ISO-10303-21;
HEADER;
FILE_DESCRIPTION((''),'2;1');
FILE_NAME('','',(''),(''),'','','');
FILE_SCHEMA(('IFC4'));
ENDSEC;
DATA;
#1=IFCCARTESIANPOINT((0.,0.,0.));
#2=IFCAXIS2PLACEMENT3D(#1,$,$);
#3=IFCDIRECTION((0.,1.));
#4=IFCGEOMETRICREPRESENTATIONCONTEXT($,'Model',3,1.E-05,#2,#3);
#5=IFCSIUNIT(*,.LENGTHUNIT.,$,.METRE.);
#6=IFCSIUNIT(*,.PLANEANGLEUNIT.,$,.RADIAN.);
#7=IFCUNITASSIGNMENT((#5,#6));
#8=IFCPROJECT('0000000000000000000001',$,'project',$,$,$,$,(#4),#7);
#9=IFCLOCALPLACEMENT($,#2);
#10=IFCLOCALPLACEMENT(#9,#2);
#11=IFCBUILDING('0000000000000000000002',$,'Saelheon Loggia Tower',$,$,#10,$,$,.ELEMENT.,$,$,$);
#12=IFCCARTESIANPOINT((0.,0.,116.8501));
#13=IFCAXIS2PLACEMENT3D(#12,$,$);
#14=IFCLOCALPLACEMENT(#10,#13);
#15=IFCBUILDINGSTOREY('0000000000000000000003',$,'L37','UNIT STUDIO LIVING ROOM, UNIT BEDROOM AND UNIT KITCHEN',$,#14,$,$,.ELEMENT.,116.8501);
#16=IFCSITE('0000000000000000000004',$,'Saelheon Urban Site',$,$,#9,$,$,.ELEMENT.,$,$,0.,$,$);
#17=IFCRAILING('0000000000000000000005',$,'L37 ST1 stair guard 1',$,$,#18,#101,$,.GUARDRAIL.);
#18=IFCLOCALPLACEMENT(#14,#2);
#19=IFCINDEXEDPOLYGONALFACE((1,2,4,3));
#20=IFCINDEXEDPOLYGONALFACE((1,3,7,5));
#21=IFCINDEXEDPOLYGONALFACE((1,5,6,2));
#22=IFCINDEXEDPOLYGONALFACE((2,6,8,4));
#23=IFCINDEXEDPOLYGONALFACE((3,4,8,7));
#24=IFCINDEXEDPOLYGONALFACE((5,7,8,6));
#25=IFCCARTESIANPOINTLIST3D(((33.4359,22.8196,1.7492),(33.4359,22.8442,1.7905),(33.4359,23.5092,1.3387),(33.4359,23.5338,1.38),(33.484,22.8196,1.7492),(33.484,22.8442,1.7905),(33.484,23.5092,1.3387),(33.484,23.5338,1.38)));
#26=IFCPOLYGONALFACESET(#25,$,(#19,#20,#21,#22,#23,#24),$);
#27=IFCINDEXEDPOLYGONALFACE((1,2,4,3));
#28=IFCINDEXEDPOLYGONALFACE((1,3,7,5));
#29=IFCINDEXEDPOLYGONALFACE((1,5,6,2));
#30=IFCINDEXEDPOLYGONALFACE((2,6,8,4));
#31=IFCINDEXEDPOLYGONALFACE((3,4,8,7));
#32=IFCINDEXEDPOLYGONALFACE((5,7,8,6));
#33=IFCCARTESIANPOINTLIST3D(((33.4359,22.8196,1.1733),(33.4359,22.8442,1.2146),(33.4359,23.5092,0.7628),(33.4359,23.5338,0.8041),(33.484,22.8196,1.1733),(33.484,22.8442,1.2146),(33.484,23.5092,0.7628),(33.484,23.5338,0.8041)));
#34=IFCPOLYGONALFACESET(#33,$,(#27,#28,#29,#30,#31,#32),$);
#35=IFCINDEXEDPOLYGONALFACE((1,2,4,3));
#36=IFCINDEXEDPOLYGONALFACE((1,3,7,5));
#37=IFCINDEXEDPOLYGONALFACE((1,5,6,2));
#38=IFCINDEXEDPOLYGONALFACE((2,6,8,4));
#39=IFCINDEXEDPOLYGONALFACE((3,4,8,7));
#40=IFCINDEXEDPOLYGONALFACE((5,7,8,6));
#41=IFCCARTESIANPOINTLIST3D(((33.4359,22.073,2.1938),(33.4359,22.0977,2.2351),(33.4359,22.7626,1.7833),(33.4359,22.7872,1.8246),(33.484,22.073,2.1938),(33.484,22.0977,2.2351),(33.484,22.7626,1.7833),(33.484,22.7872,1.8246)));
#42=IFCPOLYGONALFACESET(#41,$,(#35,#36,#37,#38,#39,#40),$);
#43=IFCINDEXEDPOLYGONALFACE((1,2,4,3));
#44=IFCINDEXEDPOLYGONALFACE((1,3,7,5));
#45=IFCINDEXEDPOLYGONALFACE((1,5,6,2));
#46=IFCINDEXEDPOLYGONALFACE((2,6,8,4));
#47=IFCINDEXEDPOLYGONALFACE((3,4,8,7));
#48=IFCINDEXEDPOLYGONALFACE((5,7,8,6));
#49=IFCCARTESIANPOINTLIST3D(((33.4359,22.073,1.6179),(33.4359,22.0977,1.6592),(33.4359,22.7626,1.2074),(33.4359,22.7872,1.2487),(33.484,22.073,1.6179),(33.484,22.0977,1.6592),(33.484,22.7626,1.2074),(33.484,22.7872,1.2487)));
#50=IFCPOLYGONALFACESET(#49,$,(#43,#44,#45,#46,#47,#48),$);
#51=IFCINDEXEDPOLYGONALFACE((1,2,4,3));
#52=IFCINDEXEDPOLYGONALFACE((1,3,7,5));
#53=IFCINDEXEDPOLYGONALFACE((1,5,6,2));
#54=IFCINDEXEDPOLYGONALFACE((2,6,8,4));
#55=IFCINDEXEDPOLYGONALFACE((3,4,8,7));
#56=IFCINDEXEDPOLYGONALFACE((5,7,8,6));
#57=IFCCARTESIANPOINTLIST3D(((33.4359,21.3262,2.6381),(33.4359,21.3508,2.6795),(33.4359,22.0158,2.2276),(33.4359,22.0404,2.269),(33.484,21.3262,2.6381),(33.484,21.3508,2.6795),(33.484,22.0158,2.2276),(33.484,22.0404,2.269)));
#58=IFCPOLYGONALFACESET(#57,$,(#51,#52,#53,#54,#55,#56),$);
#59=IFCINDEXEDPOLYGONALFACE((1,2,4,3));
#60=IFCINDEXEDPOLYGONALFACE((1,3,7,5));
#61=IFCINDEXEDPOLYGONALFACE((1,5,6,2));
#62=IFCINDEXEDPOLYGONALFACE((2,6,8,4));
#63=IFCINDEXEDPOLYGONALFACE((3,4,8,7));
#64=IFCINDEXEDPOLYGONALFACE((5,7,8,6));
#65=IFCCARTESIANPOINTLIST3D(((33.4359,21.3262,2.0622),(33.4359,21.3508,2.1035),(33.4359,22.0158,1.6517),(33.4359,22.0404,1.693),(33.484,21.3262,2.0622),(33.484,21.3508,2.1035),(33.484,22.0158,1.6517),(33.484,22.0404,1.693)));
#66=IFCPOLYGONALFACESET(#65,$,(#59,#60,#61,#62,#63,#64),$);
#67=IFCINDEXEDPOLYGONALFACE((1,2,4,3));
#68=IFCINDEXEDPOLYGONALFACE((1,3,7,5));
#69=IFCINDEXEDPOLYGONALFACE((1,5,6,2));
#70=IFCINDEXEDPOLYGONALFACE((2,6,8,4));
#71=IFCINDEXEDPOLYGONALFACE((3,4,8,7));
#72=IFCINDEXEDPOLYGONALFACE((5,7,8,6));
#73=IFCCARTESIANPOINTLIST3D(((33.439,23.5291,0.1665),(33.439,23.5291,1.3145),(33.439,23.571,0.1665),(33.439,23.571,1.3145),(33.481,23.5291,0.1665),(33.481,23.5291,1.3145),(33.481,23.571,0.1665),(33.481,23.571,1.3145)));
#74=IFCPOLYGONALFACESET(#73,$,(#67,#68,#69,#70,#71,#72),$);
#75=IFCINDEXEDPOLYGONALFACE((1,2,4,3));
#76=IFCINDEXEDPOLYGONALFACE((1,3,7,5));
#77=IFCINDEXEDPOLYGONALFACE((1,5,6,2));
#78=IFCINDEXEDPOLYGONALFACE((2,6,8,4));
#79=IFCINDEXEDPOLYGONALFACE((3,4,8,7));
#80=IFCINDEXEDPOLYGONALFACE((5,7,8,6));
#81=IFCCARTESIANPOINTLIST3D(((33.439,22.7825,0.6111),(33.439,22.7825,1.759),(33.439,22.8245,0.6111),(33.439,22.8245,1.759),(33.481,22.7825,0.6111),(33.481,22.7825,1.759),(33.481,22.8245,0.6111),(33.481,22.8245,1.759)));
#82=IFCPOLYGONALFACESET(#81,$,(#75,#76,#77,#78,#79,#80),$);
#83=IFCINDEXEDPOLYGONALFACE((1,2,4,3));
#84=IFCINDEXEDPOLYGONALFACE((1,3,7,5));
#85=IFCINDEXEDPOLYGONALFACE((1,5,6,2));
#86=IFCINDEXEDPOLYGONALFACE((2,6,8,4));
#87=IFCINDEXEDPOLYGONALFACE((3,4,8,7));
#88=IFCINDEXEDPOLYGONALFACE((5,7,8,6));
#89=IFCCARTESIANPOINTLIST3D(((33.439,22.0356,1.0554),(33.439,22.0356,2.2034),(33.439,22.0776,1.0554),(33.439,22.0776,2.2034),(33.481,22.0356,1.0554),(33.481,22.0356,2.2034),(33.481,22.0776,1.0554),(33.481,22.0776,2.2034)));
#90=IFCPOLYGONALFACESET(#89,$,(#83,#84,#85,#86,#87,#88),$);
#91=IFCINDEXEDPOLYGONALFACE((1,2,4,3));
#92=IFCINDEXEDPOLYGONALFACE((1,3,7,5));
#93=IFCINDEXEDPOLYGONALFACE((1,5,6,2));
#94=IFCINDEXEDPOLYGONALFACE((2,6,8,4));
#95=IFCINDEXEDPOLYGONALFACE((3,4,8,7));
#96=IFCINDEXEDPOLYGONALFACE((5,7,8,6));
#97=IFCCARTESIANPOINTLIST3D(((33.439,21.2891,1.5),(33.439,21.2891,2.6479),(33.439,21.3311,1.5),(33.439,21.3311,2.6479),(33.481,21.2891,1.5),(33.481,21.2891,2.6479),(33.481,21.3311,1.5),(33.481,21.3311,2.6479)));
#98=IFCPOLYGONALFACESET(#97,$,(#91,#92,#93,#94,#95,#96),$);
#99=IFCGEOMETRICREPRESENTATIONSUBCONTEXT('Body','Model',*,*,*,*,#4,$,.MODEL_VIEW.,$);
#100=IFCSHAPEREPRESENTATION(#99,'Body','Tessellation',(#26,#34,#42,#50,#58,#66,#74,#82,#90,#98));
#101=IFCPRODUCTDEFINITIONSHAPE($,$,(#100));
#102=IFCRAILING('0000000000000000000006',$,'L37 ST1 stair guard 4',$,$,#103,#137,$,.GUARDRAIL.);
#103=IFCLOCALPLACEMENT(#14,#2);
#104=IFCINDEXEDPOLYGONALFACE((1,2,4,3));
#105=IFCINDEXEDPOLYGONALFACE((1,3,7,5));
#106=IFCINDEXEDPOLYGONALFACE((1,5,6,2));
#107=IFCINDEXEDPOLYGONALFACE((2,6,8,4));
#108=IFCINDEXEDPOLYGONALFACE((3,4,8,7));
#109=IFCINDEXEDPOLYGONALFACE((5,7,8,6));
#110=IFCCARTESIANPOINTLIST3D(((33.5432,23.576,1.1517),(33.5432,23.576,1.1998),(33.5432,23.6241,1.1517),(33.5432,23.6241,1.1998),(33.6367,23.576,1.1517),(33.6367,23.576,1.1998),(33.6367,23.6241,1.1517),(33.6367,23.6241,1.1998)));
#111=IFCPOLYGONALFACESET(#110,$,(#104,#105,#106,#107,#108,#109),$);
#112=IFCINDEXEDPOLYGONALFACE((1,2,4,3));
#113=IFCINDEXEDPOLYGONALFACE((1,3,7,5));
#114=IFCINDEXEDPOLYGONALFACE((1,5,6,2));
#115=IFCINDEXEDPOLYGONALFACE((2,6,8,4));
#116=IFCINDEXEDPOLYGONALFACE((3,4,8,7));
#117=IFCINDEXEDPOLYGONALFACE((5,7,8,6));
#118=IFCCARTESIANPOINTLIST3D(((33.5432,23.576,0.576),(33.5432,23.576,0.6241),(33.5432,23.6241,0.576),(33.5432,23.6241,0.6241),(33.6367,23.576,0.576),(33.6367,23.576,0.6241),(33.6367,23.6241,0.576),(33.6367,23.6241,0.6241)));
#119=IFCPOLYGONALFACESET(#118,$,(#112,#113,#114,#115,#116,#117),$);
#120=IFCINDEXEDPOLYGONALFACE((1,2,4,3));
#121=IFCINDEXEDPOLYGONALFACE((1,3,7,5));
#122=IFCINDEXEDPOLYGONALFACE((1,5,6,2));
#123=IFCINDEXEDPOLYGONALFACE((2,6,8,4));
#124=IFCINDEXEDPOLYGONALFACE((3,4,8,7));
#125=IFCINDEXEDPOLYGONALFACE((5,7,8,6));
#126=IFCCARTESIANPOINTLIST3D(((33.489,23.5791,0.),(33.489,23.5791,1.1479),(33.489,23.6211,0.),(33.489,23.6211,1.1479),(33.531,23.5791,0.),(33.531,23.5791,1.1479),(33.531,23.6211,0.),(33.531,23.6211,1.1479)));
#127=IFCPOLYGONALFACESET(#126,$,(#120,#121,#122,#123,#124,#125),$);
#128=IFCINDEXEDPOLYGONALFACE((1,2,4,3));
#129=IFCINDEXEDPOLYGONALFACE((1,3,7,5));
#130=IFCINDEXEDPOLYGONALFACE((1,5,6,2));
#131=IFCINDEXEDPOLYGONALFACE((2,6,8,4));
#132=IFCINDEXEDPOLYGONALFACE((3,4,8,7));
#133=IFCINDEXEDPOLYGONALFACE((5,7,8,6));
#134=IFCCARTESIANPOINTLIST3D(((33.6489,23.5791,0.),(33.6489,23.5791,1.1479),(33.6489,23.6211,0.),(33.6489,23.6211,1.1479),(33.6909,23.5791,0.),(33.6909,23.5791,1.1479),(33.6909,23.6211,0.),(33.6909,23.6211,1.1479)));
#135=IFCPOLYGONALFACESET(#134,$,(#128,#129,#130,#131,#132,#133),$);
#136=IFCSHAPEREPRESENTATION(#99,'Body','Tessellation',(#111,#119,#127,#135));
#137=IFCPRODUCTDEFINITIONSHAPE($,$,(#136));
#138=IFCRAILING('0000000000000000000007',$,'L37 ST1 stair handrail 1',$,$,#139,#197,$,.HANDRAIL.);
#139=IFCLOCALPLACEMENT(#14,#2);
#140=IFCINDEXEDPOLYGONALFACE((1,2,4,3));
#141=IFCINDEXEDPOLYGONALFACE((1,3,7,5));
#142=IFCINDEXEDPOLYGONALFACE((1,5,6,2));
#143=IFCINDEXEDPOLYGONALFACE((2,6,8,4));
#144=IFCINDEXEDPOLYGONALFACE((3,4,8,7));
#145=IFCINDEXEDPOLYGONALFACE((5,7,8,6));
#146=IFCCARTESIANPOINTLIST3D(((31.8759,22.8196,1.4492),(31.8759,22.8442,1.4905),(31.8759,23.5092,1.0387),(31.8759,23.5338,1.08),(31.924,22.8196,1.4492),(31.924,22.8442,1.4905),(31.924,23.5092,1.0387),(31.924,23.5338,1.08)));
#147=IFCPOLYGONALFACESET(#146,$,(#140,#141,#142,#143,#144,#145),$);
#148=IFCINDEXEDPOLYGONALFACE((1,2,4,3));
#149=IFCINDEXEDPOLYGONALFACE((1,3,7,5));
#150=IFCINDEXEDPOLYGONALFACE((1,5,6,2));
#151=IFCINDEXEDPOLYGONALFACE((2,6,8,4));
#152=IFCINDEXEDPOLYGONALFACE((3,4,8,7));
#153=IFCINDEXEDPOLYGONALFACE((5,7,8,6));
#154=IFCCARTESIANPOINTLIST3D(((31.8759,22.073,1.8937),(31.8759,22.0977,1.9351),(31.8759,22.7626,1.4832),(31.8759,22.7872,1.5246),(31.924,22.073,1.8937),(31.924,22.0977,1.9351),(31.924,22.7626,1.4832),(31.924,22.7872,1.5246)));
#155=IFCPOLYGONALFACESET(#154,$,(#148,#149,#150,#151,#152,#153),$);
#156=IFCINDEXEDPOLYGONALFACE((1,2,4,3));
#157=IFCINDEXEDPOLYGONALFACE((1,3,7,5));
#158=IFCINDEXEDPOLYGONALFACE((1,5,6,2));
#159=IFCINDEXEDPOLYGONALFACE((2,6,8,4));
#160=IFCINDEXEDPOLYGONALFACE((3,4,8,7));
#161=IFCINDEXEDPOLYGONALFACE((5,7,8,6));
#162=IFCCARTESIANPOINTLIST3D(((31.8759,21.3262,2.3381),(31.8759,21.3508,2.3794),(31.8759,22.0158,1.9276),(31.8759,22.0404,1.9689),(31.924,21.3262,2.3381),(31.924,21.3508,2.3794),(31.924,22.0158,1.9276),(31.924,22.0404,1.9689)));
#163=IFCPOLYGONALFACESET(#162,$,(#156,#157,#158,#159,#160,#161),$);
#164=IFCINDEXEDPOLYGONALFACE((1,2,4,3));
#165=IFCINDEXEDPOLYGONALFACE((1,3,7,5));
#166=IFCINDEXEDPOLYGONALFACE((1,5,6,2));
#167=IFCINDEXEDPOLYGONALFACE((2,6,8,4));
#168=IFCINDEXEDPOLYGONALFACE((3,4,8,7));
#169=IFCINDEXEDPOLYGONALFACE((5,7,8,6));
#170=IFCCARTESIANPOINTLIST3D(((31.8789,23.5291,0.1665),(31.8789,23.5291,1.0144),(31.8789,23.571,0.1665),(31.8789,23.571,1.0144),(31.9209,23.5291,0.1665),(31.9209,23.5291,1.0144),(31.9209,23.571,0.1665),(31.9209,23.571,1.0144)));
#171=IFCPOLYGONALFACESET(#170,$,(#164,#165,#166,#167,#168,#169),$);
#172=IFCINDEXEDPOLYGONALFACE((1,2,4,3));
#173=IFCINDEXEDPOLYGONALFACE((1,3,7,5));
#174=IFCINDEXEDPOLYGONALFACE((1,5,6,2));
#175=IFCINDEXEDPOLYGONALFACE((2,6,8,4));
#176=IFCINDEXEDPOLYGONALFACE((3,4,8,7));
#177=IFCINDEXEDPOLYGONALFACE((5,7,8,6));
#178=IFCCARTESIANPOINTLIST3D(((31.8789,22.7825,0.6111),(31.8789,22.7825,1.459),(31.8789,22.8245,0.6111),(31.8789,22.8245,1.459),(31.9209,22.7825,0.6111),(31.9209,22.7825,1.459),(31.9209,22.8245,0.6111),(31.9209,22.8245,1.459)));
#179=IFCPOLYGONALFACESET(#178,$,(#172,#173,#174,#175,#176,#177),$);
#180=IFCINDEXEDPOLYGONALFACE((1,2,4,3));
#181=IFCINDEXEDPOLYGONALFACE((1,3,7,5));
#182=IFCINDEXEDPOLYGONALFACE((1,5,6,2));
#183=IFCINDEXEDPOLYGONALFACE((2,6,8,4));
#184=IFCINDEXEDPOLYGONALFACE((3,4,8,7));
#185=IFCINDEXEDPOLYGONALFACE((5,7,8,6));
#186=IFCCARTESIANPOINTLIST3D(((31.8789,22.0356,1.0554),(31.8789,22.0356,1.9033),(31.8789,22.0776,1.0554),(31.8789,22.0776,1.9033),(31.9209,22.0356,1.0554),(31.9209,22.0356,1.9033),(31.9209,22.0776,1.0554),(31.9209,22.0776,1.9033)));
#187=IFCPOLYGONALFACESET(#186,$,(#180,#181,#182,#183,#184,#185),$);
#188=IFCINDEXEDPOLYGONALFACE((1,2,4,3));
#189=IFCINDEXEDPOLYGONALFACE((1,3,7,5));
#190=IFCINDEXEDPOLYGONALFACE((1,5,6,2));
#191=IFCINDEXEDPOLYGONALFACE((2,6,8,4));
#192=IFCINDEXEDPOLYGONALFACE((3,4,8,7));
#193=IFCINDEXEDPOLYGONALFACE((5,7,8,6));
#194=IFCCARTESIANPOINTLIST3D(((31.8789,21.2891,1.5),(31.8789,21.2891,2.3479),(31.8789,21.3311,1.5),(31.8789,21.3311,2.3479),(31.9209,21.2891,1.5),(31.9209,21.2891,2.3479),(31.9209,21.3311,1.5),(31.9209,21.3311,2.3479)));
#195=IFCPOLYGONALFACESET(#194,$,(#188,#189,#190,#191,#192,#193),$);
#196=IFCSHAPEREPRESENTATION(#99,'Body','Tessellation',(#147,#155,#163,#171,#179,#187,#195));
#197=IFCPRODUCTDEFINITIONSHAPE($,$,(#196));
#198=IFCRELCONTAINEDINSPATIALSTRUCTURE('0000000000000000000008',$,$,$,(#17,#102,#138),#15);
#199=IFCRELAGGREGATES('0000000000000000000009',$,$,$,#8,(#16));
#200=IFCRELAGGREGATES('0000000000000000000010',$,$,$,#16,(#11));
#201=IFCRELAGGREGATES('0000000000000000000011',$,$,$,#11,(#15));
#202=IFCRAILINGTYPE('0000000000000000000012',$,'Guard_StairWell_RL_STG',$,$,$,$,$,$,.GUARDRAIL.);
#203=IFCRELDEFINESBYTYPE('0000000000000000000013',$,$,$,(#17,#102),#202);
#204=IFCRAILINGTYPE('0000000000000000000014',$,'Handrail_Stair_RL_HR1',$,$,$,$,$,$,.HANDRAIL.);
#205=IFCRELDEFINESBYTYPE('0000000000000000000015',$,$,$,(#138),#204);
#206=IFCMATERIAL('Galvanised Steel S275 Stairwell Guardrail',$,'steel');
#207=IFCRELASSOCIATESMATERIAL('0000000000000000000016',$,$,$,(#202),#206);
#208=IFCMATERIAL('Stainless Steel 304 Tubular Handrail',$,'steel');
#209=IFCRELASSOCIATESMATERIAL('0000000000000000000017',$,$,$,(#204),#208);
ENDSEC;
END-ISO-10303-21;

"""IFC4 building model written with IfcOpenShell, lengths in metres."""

from ifc_helpers import new_model, si_unit, direction, frame, origin, origin_2d, place, context, subcontext, project, spatial, rectangle, extrude, material, type_object, element, save


model = new_model("IFC4")

# Units and contexts
model_context = context("Model", 3, precision=1e-05, world=origin(), true_north=direction((0.0, 1.0)))
body_context = subcontext(model_context, "Body", "Model", "MODEL_VIEW")
ifc_project = project(units=[si_unit("LENGTHUNIT", "METRE"), si_unit("PLANEANGLEUNIT", "RADIAN")], contexts=[model_context])

# Site, building, storey
site_placement = place(None, origin())
site = spatial("IfcSite", under=ifc_project, at=site_placement, Name="Saelheon Urban Site", CompositionType="ELEMENT", RefElevation=0.0)
building_placement = place(site_placement, origin())
building = spatial("IfcBuilding", under=site, at=building_placement, Name="Saelheon Loggia Tower", CompositionType="ELEMENT")
storey_placement = place(building_placement, frame((0.0, 0.0, 116.8501)))
storey = spatial("IfcBuildingStorey", under=building, at=storey_placement, Name="L37", Description="UNIT STUDIO LIVING ROOM, UNIT BEDROOM AND UNIT KITCHEN", CompositionType="ELEMENT", Elevation=116.8501)

# Railings
ifc_material_1 = material(Name="Galvanised Steel S275 Stairwell Guardrail", Category="steel")
railing_type_1 = type_object("IfcRailingType", Name="Guard_StairWell_RL_STG", PredefinedType="GUARDRAIL", material=ifc_material_1)
railing_1_placement = place(storey_placement, frame((33.46, 23.55, 0.1665)))
element("IfcRailing", 1, at=railing_1_placement, inside=storey, type_object=railing_type_1, Name="L37 ST1 stair guard 1", PredefinedType="GUARDRAIL", context=body_context, shape_type="SweptSolid", body=[
    extrude(rectangle(XDim=0.0481, YDim=0.0481, at=origin_2d()), frame((0.0, -0.0286, 1.1929), z_axis=(0.0, -0.859264, 0.511532), x_axis=(1.0, 0.0, 0.0)), (0.0, 0.0, 1.0), 0.8025),
    extrude(rectangle(XDim=0.0481, YDim=0.0481, at=origin_2d()), frame((0.0, -0.0286, 0.6169), z_axis=(0.0, -0.859264, 0.511532), x_axis=(1.0, 0.0, 0.0)), (0.0, 0.0, 1.0), 0.8025),
    extrude(rectangle(XDim=0.0481, YDim=0.0481, at=origin_2d()), frame((0.0, -0.7751, 1.6375), z_axis=(0.0, -0.859264, 0.511532), x_axis=(1.0, 0.0, 0.0)), (0.0, 0.0, 1.0), 0.8025),
    extrude(rectangle(XDim=0.0481, YDim=0.0481, at=origin_2d()), frame((0.0, -0.7751, 1.0615), z_axis=(0.0, -0.859264, 0.511532), x_axis=(1.0, 0.0, 0.0)), (0.0, 0.0, 1.0), 0.8025),
    extrude(rectangle(XDim=0.0481, YDim=0.0481, at=origin_2d()), frame((0.0, -1.522, 2.0818), z_axis=(0.0, -0.859264, 0.511532), x_axis=(1.0, 0.0, 0.0)), (0.0, 0.0, 1.0), 0.8025),
    extrude(rectangle(XDim=0.0481, YDim=0.0481, at=origin_2d()), frame((0.0, -1.522, 1.5059), z_axis=(0.0, -0.859264, 0.511532), x_axis=(1.0, 0.0, 0.0)), (0.0, 0.0, 1.0), 0.8025),
    extrude(rectangle(XDim=0.042, YDim=0.042, at=origin_2d()), origin(), (0.0, 0.0, 1.0), 1.1479),
    extrude(rectangle(XDim=0.042, YDim=0.042, at=origin_2d()), frame((0.0, -0.7466, 0.4446)), (0.0, 0.0, 1.0), 1.1479),
    extrude(rectangle(XDim=0.042, YDim=0.042, at=origin_2d()), frame((0.0, -1.4934, 0.8889)), (0.0, 0.0, 1.0), 1.1479),
    extrude(rectangle(XDim=0.042, YDim=0.042, at=origin_2d()), frame((0.0, -2.24, 1.3335)), (0.0, 0.0, 1.0), 1.1479),
])
railing_2_placement = place(storey_placement, frame((33.51, 23.6001, 0.0)))
element("IfcRailing", 2, at=railing_2_placement, inside=storey, type_object=railing_type_1, Name="L37 ST1 stair guard 4", PredefinedType="GUARDRAIL", context=body_context, shape_type="SweptSolid", body=[
    extrude(rectangle(XDim=0.0481, YDim=0.0481, at=origin_2d()), frame((0.0332, 0.0, 1.1758), z_axis=(1.0, 0.0, 0.0), x_axis=(0.0, 1.0, 0.0)), (0.0, 0.0, 1.0), 0.0935),
    extrude(rectangle(XDim=0.0481, YDim=0.0481, at=origin_2d()), frame((0.0332, 0.0, 0.6001), z_axis=(1.0, 0.0, 0.0), x_axis=(0.0, 1.0, 0.0)), (0.0, 0.0, 1.0), 0.0935),
    extrude(rectangle(XDim=0.042, YDim=0.042, at=origin_2d()), origin(), (0.0, 0.0, 1.0), 1.1479),
    extrude(rectangle(XDim=0.042, YDim=0.042, at=origin_2d()), frame((0.1599, 0.0, 0.0)), (0.0, 0.0, 1.0), 1.1479),
])
ifc_material_2 = material(Name="Stainless Steel 304 Tubular Handrail", Category="steel")
railing_type_2 = type_object("IfcRailingType", Name="Handrail_Stair_RL_HR1", PredefinedType="HANDRAIL", material=ifc_material_2)
railing_3_placement = place(storey_placement, frame((31.8999, 23.55, 0.1665)))
element("IfcRailing", 3, at=railing_3_placement, inside=storey, type_object=railing_type_2, Name="L37 ST1 stair handrail 1", PredefinedType="HANDRAIL", context=body_context, shape_type="SweptSolid", body=[
    extrude(rectangle(XDim=0.0481, YDim=0.0481, at=origin_2d()), frame((0.0, -0.0286, 0.8928), z_axis=(0.0, -0.859264, 0.511532), x_axis=(1.0, 0.0, 0.0)), (0.0, 0.0, 1.0), 0.8025),
    extrude(rectangle(XDim=0.0481, YDim=0.0481, at=origin_2d()), frame((0.0, -0.7751, 1.3374), z_axis=(0.0, -0.859264, 0.511532), x_axis=(1.0, 0.0, 0.0)), (0.0, 0.0, 1.0), 0.8025),
    extrude(rectangle(XDim=0.0481, YDim=0.0481, at=origin_2d()), frame((0.0, -1.522, 1.7817), z_axis=(0.0, -0.859264, 0.511532), x_axis=(1.0, 0.0, 0.0)), (0.0, 0.0, 1.0), 0.8025),
    extrude(rectangle(XDim=0.042, YDim=0.042, at=origin_2d()), origin(), (0.0, 0.0, 1.0), 0.8479),
    extrude(rectangle(XDim=0.042, YDim=0.042, at=origin_2d()), frame((0.0, -0.7466, 0.4446)), (0.0, 0.0, 1.0), 0.8479),
    extrude(rectangle(XDim=0.042, YDim=0.042, at=origin_2d()), frame((0.0, -1.4934, 0.8889)), (0.0, 0.0, 1.0), 0.8479),
    extrude(rectangle(XDim=0.042, YDim=0.042, at=origin_2d()), frame((0.0, -2.24, 1.3335)), (0.0, 0.0, 1.0), 0.8479),
])

save(model, "model.ifc")
